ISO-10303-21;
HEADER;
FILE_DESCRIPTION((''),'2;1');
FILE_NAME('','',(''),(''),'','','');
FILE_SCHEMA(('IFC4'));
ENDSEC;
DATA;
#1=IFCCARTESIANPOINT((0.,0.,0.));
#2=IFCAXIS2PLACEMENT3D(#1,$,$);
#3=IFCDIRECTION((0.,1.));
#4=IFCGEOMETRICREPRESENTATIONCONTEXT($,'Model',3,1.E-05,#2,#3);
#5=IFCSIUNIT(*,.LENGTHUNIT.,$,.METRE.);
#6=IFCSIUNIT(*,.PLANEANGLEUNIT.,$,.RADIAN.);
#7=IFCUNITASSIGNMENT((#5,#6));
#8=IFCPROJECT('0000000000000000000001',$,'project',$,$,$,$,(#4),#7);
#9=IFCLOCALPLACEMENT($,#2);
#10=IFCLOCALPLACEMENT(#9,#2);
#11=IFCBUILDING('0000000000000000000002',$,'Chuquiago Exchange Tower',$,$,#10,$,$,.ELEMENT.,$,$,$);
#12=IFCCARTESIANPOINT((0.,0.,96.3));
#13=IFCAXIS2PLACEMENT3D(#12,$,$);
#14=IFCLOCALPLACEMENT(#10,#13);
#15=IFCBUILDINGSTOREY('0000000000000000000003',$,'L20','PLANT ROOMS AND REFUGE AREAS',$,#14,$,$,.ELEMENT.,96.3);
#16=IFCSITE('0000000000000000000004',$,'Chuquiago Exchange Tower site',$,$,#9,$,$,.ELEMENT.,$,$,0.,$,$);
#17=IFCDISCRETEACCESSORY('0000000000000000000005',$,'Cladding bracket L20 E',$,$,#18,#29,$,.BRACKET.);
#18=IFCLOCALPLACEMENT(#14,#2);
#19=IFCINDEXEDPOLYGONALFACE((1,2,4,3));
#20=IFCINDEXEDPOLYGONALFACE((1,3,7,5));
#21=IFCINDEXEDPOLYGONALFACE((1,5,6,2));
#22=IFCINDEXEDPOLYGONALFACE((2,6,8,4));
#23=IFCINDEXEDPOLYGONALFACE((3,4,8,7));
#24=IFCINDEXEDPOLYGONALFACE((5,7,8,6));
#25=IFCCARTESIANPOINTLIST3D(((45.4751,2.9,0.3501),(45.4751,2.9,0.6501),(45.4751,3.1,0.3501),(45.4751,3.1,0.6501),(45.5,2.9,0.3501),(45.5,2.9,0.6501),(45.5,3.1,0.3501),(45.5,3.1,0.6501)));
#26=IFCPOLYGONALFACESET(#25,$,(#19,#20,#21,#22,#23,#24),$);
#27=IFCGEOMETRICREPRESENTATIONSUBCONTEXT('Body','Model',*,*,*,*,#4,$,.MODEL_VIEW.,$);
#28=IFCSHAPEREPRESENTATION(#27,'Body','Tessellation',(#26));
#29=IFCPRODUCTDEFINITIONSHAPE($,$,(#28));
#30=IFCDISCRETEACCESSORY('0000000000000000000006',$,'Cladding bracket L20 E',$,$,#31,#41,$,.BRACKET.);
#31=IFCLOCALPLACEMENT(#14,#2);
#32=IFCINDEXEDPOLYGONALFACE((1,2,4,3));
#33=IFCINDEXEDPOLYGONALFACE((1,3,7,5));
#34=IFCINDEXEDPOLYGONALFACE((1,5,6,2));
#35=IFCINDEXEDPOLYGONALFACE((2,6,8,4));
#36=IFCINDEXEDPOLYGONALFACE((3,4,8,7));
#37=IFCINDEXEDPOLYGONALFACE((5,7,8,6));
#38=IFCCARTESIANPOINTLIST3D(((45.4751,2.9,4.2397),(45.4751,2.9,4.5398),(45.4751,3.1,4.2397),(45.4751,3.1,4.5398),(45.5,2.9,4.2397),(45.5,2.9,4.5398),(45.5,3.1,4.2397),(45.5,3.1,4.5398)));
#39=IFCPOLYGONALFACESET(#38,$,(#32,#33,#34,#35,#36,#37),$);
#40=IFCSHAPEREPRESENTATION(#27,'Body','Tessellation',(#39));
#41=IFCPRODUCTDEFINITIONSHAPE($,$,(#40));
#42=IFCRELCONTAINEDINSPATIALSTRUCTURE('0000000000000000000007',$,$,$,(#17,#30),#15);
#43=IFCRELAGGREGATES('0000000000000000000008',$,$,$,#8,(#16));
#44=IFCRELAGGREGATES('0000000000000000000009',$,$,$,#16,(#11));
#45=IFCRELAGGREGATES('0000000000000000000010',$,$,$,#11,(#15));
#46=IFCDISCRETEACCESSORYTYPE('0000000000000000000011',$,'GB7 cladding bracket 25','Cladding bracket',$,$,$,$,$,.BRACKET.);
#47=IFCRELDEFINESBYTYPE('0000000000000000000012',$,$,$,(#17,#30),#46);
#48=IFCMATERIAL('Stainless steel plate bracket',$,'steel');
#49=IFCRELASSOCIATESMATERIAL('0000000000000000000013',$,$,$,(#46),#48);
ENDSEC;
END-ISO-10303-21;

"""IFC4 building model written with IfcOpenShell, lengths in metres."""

from ifc_helpers import new_model, si_unit, direction, frame, origin, origin_2d, place, context, subcontext, project, spatial, rectangle, extrude, material, type_object, element, save


model = new_model("IFC4")

# Units and contexts
model_context = context("Model", 3, precision=1e-05, world=origin(), true_north=direction((0.0, 1.0)))
body_context = subcontext(model_context, "Body", "Model", "MODEL_VIEW")
ifc_project = project(units=[si_unit("LENGTHUNIT", "METRE"), si_unit("PLANEANGLEUNIT", "RADIAN")], contexts=[model_context])

# Site, building, storey
site_placement = place(None, origin())
site = spatial("IfcSite", under=ifc_project, at=site_placement, Name="Chuquiago Exchange Tower site", CompositionType="ELEMENT", RefElevation=0.0)
building_placement = place(site_placement, origin())
building = spatial("IfcBuilding", under=site, at=building_placement, Name="Chuquiago Exchange Tower", CompositionType="ELEMENT")
storey_placement = place(building_placement, frame((0.0, 0.0, 96.3)))
storey = spatial("IfcBuildingStorey", under=building, at=storey_placement, Name="L20", Description="PLANT ROOMS AND REFUGE AREAS", CompositionType="ELEMENT", Elevation=96.3)

# Discrete accessories
ifc_material_1 = material(Name="Stainless steel plate bracket", Category="steel")
discrete_accessory_type_1 = type_object("IfcDiscreteAccessoryType", Name="GB7 cladding bracket 25", Description="Cladding bracket", PredefinedType="BRACKET", material=ifc_material_1)
for number, where, z_axis, x_axis, name in (
    (1, (45.4875, 3.0, 0.3501), (0.0, 0.0, 1.0), (0.0, 1.0, 0.0), "Cladding bracket L20 E"),
    (2, (45.4875, 3.0, 4.2397), (0.0, 0.0, 1.0), (0.0, 1.0, 0.0), "Cladding bracket L20 E"),
):
    element("IfcDiscreteAccessory", number, at=place(storey_placement, frame(where, z_axis=z_axis, x_axis=x_axis)), inside=storey, type_object=discrete_accessory_type_1, Name=name, PredefinedType="BRACKET", context=body_context, shape_type="SweptSolid", body=[
        extrude(rectangle(XDim=0.2, YDim=0.0249, at=origin_2d()), origin(), (0.0, 0.0, 1.0), 0.3),
    ])

save(model, "model.ifc")
